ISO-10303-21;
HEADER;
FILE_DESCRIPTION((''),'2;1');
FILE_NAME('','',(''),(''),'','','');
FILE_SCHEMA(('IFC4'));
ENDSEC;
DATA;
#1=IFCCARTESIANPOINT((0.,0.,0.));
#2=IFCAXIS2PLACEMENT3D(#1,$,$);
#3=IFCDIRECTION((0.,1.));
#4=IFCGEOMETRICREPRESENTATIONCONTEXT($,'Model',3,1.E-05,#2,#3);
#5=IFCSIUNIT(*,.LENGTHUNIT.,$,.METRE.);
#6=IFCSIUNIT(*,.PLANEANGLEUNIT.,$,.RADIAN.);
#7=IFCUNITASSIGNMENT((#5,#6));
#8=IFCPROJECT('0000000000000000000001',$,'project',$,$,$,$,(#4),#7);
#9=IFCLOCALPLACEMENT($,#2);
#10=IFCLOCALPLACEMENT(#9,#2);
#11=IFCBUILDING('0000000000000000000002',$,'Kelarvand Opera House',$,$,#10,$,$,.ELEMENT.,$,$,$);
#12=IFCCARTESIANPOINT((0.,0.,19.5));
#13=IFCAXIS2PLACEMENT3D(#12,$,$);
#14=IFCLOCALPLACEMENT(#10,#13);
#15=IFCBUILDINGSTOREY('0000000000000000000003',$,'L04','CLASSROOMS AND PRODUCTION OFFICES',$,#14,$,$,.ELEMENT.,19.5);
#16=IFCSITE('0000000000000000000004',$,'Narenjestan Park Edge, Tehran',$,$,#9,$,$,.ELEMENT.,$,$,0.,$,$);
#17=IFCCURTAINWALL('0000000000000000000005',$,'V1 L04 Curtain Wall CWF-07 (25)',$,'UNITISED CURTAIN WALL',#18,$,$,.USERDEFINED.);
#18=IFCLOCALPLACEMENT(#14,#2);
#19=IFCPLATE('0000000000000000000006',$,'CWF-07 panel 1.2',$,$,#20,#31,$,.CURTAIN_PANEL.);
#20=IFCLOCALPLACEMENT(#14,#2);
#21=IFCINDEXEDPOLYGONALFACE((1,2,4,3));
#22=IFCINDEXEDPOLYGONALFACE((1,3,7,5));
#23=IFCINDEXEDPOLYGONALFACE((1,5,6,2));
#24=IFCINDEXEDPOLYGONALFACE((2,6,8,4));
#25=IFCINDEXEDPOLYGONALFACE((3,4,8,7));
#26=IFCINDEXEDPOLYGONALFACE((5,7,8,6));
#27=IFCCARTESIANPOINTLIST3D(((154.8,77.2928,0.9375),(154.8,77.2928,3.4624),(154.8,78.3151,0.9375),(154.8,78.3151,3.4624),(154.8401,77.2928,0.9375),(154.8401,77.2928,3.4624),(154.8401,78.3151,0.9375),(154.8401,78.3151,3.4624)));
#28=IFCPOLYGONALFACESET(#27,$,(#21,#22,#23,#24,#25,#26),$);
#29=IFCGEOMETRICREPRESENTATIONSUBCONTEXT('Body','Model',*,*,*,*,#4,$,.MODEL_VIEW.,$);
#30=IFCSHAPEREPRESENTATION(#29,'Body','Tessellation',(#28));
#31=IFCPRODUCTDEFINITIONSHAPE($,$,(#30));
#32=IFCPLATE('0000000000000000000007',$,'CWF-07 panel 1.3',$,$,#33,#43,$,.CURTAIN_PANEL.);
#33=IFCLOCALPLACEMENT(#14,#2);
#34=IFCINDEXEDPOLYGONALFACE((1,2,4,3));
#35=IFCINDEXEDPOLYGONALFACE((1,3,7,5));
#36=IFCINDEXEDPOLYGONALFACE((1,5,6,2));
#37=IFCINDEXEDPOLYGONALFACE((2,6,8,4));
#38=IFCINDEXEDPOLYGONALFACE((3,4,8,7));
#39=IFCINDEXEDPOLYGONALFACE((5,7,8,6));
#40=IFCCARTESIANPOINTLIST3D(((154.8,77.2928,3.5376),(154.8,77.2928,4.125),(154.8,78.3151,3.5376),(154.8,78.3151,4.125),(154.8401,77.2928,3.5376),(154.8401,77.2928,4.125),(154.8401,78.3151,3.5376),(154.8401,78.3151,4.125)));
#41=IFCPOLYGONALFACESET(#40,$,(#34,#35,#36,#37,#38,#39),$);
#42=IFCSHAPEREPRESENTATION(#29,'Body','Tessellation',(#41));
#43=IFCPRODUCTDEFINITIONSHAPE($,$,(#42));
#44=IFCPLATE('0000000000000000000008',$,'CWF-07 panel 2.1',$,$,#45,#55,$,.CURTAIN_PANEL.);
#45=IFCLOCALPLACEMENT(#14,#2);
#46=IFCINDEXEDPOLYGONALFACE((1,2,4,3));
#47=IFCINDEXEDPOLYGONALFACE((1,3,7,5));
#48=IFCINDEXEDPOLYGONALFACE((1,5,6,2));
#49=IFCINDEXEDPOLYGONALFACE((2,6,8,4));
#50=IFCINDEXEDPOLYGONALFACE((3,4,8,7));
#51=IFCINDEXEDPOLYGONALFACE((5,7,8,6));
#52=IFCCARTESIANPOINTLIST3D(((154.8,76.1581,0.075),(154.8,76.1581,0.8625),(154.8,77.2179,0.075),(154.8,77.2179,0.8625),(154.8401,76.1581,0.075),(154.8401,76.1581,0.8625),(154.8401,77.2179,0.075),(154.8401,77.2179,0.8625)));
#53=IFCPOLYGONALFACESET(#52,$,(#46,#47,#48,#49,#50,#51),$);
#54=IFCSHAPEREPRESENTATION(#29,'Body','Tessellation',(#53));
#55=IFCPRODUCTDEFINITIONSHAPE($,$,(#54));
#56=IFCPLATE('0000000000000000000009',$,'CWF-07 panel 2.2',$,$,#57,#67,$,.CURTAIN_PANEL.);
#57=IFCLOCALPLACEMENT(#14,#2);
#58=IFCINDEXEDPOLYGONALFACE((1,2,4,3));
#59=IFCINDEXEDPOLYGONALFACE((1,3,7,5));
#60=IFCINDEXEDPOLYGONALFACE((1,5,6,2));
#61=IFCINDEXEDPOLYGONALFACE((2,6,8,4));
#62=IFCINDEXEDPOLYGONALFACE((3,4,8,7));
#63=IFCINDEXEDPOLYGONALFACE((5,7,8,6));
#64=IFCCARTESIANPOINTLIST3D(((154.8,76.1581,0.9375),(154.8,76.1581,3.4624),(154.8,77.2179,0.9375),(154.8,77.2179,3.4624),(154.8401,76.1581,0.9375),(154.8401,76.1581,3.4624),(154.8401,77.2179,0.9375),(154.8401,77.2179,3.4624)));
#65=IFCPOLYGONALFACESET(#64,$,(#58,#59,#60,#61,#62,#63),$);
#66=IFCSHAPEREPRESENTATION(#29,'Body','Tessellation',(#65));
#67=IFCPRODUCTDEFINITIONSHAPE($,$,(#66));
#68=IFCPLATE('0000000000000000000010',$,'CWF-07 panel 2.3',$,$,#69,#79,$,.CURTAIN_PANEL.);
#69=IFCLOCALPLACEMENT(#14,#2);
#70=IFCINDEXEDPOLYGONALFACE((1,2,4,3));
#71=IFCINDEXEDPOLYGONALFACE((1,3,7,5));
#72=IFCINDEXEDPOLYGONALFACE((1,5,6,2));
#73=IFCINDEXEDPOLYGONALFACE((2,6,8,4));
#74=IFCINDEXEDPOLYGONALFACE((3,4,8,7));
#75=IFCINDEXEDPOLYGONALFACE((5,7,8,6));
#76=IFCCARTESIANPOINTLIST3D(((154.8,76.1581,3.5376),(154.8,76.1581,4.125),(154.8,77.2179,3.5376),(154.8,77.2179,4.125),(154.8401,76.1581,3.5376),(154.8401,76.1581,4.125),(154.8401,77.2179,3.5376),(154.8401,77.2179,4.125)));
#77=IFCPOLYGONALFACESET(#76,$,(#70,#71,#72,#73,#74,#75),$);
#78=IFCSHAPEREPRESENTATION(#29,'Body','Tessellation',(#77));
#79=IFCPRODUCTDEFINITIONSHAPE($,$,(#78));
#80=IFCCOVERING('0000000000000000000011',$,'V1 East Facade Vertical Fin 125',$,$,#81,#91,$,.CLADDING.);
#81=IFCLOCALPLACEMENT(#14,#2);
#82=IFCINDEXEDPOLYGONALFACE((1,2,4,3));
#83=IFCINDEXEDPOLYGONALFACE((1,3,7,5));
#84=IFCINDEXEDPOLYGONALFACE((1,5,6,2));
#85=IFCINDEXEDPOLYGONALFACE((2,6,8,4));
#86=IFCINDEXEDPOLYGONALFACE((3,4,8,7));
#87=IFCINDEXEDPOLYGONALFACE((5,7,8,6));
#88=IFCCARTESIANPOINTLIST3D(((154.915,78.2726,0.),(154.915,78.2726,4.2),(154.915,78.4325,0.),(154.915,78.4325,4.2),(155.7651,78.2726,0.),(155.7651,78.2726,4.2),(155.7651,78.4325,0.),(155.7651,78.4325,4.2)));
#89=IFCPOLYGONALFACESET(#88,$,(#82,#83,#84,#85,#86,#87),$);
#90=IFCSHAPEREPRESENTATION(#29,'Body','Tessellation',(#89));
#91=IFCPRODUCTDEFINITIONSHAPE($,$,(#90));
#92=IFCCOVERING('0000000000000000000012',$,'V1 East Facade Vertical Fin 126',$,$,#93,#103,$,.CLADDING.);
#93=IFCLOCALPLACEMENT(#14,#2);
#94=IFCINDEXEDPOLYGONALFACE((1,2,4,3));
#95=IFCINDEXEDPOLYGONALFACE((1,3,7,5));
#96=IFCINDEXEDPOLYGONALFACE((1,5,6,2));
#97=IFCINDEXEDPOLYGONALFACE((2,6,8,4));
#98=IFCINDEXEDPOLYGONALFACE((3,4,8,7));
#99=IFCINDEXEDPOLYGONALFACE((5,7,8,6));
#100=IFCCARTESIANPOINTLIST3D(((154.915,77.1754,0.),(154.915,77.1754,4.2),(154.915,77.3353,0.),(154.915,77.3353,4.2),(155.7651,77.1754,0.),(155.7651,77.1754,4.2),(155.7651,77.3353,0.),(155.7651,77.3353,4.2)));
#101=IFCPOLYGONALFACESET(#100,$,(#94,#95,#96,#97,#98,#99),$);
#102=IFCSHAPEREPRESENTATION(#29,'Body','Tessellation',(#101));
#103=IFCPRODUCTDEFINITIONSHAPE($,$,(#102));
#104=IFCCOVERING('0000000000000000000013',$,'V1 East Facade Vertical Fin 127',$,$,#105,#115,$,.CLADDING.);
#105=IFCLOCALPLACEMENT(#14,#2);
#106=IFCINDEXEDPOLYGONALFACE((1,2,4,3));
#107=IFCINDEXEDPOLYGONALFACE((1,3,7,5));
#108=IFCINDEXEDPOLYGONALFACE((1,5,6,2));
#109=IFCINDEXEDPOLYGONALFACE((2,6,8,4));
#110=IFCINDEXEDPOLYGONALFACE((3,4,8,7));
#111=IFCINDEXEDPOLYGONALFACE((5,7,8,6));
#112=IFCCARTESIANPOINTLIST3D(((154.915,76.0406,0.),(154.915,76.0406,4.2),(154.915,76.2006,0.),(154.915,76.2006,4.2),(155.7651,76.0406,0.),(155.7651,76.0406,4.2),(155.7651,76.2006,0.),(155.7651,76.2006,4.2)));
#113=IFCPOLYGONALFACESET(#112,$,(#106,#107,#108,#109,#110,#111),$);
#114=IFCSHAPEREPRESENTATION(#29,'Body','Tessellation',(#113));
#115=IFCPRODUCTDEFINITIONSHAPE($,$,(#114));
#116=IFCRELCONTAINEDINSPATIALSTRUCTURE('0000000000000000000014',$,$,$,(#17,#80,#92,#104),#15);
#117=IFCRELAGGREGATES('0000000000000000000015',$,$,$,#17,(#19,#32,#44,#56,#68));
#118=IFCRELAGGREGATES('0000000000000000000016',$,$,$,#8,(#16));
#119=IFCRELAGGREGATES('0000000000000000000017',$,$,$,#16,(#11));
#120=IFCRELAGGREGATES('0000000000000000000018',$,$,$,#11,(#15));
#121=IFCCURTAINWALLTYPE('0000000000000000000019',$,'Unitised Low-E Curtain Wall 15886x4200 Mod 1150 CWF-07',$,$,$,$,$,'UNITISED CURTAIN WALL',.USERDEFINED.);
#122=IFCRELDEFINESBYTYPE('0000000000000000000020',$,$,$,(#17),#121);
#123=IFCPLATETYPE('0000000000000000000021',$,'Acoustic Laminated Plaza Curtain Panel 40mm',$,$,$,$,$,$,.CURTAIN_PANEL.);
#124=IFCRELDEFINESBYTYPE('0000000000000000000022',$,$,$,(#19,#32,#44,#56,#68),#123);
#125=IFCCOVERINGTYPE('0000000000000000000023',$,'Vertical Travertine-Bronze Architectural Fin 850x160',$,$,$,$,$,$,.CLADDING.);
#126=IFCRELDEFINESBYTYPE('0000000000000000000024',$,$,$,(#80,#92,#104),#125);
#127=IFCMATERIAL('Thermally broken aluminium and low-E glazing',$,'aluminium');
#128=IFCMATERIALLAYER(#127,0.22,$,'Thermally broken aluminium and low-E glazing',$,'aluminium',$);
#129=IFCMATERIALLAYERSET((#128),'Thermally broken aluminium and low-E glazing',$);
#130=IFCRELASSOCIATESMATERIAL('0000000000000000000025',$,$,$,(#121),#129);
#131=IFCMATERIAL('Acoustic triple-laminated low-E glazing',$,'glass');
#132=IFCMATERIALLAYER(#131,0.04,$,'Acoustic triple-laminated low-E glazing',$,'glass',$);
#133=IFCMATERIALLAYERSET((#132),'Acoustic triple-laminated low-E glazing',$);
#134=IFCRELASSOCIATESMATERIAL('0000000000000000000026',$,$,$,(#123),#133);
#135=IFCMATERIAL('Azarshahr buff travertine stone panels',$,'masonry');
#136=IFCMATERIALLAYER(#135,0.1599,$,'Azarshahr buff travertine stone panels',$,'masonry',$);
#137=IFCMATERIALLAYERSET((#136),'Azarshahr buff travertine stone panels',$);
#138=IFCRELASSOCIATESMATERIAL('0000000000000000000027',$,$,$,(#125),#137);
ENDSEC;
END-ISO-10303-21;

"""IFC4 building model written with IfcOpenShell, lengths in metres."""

from ifc_helpers import new_model, si_unit, direction, frame, origin, origin_2d, place, context, subcontext, project, spatial, rectangle, extrude, material, layer, layer_set, type_object, element, aggregate, save


model = new_model("IFC4")

# Units and contexts
model_context = context("Model", 3, precision=1e-05, world=origin(), true_north=direction((0.0, 1.0)))
body_context = subcontext(model_context, "Body", "Model", "MODEL_VIEW")
ifc_project = project(units=[si_unit("LENGTHUNIT", "METRE"), si_unit("PLANEANGLEUNIT", "RADIAN")], contexts=[model_context])

# Site, building, storey
site_placement = place(None, origin())
site = spatial("IfcSite", under=ifc_project, at=site_placement, Name="Narenjestan Park Edge, Tehran", CompositionType="ELEMENT", RefElevation=0.0)
building_placement = place(site_placement, origin())
building = spatial("IfcBuilding", under=site, at=building_placement, Name="Kelarvand Opera House", CompositionType="ELEMENT")
storey_placement = place(building_placement, frame((0.0, 0.0, 19.5)))
storey = spatial("IfcBuildingStorey", under=building, at=storey_placement, Name="L04", Description="CLASSROOMS AND PRODUCTION OFFICES", CompositionType="ELEMENT", Elevation=19.5)

# Curtain wall, plates
ifc_material_1 = material(Name="Thermally broken aluminium and low-E glazing", Category="aluminium")
ifc_layer_1 = layer(ifc_material_1, 0.22, Name="Thermally broken aluminium and low-E glazing", Category="aluminium")
ifc_layer_set_1 = layer_set([ifc_layer_1], Name="Thermally broken aluminium and low-E glazing")
curtain_wall_type = type_object("IfcCurtainWallType", Name="Unitised Low-E Curtain Wall 15886x4200 Mod 1150 CWF-07", ElementType="UNITISED CURTAIN WALL", PredefinedType="USERDEFINED", material=ifc_layer_set_1)
curtain_wall_placement = place(storey_placement, origin())
curtain_wall = element("IfcCurtainWall", 1, at=curtain_wall_placement, inside=storey, type_object=curtain_wall_type, Name="V1 L04 Curtain Wall CWF-07 (25)", ObjectType="UNITISED CURTAIN WALL", PredefinedType="USERDEFINED")
ifc_material_2 = material(Name="Acoustic triple-laminated low-E glazing", Category="glass")
ifc_layer_2 = layer(ifc_material_2, 0.04, Name="Acoustic triple-laminated low-E glazing", Category="glass")
ifc_layer_set_2 = layer_set([ifc_layer_2], Name="Acoustic triple-laminated low-E glazing")
plate_type = type_object("IfcPlateType", Name="Acoustic Laminated Plaza Curtain Panel 40mm", PredefinedType="CURTAIN_PANEL", material=ifc_layer_set_2)
plate_1_placement = place(storey_placement, frame((154.8201, 77.804, 0.9375), z_axis=(0.0, 0.0, 1.0), x_axis=(0.0, -1.0, 0.0)))
plate_1 = element("IfcPlate", 2, at=plate_1_placement, type_object=plate_type, Name="CWF-07 panel 1.2", PredefinedType="CURTAIN_PANEL", context=body_context, shape_type="SweptSolid", body=[
    extrude(rectangle(XDim=1.0222, YDim=0.04, at=origin_2d()), origin(), (0.0, 0.0, 1.0), 2.5249),
])
plate_2_placement = place(storey_placement, frame((154.8201, 77.804, 3.5376), z_axis=(0.0, 0.0, 1.0), x_axis=(0.0, -1.0, 0.0)))
plate_2 = element("IfcPlate", 3, at=plate_2_placement, type_object=plate_type, Name="CWF-07 panel 1.3", PredefinedType="CURTAIN_PANEL", context=body_context, shape_type="SweptSolid", body=[
    extrude(rectangle(XDim=1.0222, YDim=0.04, at=origin_2d()), origin(), (0.0, 0.0, 1.0), 0.5874),
])
plate_3_placement = place(storey_placement, frame((154.8201, 76.688, 0.075), z_axis=(0.0, 0.0, 1.0), x_axis=(0.0, -1.0, 0.0)))
plate_3 = element("IfcPlate", 4, at=plate_3_placement, type_object=plate_type, Name="CWF-07 panel 2.1", PredefinedType="CURTAIN_PANEL", context=body_context, shape_type="SweptSolid", body=[
    extrude(rectangle(XDim=1.0598, YDim=0.04, at=origin_2d()), origin(), (0.0, 0.0, 1.0), 0.7876),
])
plate_4_placement = place(storey_placement, frame((154.8201, 76.688, 0.9375), z_axis=(0.0, 0.0, 1.0), x_axis=(0.0, -1.0, 0.0)))
plate_4 = element("IfcPlate", 5, at=plate_4_placement, type_object=plate_type, Name="CWF-07 panel 2.2", PredefinedType="CURTAIN_PANEL", context=body_context, shape_type="SweptSolid", body=[
    extrude(rectangle(XDim=1.0598, YDim=0.04, at=origin_2d()), origin(), (0.0, 0.0, 1.0), 2.5249),
])
plate_5_placement = place(storey_placement, frame((154.8201, 76.688, 3.5376), z_axis=(0.0, 0.0, 1.0), x_axis=(0.0, -1.0, 0.0)))
plate_5 = element("IfcPlate", 6, at=plate_5_placement, type_object=plate_type, Name="CWF-07 panel 2.3", PredefinedType="CURTAIN_PANEL", context=body_context, shape_type="SweptSolid", body=[
    extrude(rectangle(XDim=1.0598, YDim=0.04, at=origin_2d()), origin(), (0.0, 0.0, 1.0), 0.5874),
])
aggregate(curtain_wall, [plate_1, plate_2, plate_3, plate_4, plate_5])

# Coverings
ifc_material_3 = material(Name="Azarshahr buff travertine stone panels", Category="masonry")
ifc_layer_3 = layer(ifc_material_3, 0.1599, Name="Azarshahr buff travertine stone panels", Category="masonry")
ifc_layer_set_3 = layer_set([ifc_layer_3], Name="Azarshahr buff travertine stone panels")
covering_type = type_object("IfcCoveringType", Name="Vertical Travertine-Bronze Architectural Fin 850x160", PredefinedType="CLADDING", material=ifc_layer_set_3)
for number, where, z_axis, x_axis, name in (
    (7, (155.3401, 78.3525, 0.0), (0.0, 0.0, 1.0), (1.0, 0.0, 0.0), "V1 East Facade Vertical Fin 125"),
    (8, (155.3401, 77.2554, 0.0), (0.0, 0.0, 1.0), (1.0, 0.0, 0.0), "V1 East Facade Vertical Fin 126"),
    (9, (155.3401, 76.1206, 0.0), (0.0, 0.0, 1.0), (1.0, 0.0, 0.0), "V1 East Facade Vertical Fin 127"),
):
    element("IfcCovering", number, at=place(storey_placement, frame(where, z_axis=z_axis, x_axis=x_axis)), inside=storey, type_object=covering_type, Name=name, PredefinedType="CLADDING", context=body_context, shape_type="SweptSolid", body=[
        extrude(rectangle(XDim=0.8501, YDim=0.1599, at=origin_2d()), origin(), (0.0, 0.0, 1.0), 4.2),
    ])

save(model, "model.ifc")
